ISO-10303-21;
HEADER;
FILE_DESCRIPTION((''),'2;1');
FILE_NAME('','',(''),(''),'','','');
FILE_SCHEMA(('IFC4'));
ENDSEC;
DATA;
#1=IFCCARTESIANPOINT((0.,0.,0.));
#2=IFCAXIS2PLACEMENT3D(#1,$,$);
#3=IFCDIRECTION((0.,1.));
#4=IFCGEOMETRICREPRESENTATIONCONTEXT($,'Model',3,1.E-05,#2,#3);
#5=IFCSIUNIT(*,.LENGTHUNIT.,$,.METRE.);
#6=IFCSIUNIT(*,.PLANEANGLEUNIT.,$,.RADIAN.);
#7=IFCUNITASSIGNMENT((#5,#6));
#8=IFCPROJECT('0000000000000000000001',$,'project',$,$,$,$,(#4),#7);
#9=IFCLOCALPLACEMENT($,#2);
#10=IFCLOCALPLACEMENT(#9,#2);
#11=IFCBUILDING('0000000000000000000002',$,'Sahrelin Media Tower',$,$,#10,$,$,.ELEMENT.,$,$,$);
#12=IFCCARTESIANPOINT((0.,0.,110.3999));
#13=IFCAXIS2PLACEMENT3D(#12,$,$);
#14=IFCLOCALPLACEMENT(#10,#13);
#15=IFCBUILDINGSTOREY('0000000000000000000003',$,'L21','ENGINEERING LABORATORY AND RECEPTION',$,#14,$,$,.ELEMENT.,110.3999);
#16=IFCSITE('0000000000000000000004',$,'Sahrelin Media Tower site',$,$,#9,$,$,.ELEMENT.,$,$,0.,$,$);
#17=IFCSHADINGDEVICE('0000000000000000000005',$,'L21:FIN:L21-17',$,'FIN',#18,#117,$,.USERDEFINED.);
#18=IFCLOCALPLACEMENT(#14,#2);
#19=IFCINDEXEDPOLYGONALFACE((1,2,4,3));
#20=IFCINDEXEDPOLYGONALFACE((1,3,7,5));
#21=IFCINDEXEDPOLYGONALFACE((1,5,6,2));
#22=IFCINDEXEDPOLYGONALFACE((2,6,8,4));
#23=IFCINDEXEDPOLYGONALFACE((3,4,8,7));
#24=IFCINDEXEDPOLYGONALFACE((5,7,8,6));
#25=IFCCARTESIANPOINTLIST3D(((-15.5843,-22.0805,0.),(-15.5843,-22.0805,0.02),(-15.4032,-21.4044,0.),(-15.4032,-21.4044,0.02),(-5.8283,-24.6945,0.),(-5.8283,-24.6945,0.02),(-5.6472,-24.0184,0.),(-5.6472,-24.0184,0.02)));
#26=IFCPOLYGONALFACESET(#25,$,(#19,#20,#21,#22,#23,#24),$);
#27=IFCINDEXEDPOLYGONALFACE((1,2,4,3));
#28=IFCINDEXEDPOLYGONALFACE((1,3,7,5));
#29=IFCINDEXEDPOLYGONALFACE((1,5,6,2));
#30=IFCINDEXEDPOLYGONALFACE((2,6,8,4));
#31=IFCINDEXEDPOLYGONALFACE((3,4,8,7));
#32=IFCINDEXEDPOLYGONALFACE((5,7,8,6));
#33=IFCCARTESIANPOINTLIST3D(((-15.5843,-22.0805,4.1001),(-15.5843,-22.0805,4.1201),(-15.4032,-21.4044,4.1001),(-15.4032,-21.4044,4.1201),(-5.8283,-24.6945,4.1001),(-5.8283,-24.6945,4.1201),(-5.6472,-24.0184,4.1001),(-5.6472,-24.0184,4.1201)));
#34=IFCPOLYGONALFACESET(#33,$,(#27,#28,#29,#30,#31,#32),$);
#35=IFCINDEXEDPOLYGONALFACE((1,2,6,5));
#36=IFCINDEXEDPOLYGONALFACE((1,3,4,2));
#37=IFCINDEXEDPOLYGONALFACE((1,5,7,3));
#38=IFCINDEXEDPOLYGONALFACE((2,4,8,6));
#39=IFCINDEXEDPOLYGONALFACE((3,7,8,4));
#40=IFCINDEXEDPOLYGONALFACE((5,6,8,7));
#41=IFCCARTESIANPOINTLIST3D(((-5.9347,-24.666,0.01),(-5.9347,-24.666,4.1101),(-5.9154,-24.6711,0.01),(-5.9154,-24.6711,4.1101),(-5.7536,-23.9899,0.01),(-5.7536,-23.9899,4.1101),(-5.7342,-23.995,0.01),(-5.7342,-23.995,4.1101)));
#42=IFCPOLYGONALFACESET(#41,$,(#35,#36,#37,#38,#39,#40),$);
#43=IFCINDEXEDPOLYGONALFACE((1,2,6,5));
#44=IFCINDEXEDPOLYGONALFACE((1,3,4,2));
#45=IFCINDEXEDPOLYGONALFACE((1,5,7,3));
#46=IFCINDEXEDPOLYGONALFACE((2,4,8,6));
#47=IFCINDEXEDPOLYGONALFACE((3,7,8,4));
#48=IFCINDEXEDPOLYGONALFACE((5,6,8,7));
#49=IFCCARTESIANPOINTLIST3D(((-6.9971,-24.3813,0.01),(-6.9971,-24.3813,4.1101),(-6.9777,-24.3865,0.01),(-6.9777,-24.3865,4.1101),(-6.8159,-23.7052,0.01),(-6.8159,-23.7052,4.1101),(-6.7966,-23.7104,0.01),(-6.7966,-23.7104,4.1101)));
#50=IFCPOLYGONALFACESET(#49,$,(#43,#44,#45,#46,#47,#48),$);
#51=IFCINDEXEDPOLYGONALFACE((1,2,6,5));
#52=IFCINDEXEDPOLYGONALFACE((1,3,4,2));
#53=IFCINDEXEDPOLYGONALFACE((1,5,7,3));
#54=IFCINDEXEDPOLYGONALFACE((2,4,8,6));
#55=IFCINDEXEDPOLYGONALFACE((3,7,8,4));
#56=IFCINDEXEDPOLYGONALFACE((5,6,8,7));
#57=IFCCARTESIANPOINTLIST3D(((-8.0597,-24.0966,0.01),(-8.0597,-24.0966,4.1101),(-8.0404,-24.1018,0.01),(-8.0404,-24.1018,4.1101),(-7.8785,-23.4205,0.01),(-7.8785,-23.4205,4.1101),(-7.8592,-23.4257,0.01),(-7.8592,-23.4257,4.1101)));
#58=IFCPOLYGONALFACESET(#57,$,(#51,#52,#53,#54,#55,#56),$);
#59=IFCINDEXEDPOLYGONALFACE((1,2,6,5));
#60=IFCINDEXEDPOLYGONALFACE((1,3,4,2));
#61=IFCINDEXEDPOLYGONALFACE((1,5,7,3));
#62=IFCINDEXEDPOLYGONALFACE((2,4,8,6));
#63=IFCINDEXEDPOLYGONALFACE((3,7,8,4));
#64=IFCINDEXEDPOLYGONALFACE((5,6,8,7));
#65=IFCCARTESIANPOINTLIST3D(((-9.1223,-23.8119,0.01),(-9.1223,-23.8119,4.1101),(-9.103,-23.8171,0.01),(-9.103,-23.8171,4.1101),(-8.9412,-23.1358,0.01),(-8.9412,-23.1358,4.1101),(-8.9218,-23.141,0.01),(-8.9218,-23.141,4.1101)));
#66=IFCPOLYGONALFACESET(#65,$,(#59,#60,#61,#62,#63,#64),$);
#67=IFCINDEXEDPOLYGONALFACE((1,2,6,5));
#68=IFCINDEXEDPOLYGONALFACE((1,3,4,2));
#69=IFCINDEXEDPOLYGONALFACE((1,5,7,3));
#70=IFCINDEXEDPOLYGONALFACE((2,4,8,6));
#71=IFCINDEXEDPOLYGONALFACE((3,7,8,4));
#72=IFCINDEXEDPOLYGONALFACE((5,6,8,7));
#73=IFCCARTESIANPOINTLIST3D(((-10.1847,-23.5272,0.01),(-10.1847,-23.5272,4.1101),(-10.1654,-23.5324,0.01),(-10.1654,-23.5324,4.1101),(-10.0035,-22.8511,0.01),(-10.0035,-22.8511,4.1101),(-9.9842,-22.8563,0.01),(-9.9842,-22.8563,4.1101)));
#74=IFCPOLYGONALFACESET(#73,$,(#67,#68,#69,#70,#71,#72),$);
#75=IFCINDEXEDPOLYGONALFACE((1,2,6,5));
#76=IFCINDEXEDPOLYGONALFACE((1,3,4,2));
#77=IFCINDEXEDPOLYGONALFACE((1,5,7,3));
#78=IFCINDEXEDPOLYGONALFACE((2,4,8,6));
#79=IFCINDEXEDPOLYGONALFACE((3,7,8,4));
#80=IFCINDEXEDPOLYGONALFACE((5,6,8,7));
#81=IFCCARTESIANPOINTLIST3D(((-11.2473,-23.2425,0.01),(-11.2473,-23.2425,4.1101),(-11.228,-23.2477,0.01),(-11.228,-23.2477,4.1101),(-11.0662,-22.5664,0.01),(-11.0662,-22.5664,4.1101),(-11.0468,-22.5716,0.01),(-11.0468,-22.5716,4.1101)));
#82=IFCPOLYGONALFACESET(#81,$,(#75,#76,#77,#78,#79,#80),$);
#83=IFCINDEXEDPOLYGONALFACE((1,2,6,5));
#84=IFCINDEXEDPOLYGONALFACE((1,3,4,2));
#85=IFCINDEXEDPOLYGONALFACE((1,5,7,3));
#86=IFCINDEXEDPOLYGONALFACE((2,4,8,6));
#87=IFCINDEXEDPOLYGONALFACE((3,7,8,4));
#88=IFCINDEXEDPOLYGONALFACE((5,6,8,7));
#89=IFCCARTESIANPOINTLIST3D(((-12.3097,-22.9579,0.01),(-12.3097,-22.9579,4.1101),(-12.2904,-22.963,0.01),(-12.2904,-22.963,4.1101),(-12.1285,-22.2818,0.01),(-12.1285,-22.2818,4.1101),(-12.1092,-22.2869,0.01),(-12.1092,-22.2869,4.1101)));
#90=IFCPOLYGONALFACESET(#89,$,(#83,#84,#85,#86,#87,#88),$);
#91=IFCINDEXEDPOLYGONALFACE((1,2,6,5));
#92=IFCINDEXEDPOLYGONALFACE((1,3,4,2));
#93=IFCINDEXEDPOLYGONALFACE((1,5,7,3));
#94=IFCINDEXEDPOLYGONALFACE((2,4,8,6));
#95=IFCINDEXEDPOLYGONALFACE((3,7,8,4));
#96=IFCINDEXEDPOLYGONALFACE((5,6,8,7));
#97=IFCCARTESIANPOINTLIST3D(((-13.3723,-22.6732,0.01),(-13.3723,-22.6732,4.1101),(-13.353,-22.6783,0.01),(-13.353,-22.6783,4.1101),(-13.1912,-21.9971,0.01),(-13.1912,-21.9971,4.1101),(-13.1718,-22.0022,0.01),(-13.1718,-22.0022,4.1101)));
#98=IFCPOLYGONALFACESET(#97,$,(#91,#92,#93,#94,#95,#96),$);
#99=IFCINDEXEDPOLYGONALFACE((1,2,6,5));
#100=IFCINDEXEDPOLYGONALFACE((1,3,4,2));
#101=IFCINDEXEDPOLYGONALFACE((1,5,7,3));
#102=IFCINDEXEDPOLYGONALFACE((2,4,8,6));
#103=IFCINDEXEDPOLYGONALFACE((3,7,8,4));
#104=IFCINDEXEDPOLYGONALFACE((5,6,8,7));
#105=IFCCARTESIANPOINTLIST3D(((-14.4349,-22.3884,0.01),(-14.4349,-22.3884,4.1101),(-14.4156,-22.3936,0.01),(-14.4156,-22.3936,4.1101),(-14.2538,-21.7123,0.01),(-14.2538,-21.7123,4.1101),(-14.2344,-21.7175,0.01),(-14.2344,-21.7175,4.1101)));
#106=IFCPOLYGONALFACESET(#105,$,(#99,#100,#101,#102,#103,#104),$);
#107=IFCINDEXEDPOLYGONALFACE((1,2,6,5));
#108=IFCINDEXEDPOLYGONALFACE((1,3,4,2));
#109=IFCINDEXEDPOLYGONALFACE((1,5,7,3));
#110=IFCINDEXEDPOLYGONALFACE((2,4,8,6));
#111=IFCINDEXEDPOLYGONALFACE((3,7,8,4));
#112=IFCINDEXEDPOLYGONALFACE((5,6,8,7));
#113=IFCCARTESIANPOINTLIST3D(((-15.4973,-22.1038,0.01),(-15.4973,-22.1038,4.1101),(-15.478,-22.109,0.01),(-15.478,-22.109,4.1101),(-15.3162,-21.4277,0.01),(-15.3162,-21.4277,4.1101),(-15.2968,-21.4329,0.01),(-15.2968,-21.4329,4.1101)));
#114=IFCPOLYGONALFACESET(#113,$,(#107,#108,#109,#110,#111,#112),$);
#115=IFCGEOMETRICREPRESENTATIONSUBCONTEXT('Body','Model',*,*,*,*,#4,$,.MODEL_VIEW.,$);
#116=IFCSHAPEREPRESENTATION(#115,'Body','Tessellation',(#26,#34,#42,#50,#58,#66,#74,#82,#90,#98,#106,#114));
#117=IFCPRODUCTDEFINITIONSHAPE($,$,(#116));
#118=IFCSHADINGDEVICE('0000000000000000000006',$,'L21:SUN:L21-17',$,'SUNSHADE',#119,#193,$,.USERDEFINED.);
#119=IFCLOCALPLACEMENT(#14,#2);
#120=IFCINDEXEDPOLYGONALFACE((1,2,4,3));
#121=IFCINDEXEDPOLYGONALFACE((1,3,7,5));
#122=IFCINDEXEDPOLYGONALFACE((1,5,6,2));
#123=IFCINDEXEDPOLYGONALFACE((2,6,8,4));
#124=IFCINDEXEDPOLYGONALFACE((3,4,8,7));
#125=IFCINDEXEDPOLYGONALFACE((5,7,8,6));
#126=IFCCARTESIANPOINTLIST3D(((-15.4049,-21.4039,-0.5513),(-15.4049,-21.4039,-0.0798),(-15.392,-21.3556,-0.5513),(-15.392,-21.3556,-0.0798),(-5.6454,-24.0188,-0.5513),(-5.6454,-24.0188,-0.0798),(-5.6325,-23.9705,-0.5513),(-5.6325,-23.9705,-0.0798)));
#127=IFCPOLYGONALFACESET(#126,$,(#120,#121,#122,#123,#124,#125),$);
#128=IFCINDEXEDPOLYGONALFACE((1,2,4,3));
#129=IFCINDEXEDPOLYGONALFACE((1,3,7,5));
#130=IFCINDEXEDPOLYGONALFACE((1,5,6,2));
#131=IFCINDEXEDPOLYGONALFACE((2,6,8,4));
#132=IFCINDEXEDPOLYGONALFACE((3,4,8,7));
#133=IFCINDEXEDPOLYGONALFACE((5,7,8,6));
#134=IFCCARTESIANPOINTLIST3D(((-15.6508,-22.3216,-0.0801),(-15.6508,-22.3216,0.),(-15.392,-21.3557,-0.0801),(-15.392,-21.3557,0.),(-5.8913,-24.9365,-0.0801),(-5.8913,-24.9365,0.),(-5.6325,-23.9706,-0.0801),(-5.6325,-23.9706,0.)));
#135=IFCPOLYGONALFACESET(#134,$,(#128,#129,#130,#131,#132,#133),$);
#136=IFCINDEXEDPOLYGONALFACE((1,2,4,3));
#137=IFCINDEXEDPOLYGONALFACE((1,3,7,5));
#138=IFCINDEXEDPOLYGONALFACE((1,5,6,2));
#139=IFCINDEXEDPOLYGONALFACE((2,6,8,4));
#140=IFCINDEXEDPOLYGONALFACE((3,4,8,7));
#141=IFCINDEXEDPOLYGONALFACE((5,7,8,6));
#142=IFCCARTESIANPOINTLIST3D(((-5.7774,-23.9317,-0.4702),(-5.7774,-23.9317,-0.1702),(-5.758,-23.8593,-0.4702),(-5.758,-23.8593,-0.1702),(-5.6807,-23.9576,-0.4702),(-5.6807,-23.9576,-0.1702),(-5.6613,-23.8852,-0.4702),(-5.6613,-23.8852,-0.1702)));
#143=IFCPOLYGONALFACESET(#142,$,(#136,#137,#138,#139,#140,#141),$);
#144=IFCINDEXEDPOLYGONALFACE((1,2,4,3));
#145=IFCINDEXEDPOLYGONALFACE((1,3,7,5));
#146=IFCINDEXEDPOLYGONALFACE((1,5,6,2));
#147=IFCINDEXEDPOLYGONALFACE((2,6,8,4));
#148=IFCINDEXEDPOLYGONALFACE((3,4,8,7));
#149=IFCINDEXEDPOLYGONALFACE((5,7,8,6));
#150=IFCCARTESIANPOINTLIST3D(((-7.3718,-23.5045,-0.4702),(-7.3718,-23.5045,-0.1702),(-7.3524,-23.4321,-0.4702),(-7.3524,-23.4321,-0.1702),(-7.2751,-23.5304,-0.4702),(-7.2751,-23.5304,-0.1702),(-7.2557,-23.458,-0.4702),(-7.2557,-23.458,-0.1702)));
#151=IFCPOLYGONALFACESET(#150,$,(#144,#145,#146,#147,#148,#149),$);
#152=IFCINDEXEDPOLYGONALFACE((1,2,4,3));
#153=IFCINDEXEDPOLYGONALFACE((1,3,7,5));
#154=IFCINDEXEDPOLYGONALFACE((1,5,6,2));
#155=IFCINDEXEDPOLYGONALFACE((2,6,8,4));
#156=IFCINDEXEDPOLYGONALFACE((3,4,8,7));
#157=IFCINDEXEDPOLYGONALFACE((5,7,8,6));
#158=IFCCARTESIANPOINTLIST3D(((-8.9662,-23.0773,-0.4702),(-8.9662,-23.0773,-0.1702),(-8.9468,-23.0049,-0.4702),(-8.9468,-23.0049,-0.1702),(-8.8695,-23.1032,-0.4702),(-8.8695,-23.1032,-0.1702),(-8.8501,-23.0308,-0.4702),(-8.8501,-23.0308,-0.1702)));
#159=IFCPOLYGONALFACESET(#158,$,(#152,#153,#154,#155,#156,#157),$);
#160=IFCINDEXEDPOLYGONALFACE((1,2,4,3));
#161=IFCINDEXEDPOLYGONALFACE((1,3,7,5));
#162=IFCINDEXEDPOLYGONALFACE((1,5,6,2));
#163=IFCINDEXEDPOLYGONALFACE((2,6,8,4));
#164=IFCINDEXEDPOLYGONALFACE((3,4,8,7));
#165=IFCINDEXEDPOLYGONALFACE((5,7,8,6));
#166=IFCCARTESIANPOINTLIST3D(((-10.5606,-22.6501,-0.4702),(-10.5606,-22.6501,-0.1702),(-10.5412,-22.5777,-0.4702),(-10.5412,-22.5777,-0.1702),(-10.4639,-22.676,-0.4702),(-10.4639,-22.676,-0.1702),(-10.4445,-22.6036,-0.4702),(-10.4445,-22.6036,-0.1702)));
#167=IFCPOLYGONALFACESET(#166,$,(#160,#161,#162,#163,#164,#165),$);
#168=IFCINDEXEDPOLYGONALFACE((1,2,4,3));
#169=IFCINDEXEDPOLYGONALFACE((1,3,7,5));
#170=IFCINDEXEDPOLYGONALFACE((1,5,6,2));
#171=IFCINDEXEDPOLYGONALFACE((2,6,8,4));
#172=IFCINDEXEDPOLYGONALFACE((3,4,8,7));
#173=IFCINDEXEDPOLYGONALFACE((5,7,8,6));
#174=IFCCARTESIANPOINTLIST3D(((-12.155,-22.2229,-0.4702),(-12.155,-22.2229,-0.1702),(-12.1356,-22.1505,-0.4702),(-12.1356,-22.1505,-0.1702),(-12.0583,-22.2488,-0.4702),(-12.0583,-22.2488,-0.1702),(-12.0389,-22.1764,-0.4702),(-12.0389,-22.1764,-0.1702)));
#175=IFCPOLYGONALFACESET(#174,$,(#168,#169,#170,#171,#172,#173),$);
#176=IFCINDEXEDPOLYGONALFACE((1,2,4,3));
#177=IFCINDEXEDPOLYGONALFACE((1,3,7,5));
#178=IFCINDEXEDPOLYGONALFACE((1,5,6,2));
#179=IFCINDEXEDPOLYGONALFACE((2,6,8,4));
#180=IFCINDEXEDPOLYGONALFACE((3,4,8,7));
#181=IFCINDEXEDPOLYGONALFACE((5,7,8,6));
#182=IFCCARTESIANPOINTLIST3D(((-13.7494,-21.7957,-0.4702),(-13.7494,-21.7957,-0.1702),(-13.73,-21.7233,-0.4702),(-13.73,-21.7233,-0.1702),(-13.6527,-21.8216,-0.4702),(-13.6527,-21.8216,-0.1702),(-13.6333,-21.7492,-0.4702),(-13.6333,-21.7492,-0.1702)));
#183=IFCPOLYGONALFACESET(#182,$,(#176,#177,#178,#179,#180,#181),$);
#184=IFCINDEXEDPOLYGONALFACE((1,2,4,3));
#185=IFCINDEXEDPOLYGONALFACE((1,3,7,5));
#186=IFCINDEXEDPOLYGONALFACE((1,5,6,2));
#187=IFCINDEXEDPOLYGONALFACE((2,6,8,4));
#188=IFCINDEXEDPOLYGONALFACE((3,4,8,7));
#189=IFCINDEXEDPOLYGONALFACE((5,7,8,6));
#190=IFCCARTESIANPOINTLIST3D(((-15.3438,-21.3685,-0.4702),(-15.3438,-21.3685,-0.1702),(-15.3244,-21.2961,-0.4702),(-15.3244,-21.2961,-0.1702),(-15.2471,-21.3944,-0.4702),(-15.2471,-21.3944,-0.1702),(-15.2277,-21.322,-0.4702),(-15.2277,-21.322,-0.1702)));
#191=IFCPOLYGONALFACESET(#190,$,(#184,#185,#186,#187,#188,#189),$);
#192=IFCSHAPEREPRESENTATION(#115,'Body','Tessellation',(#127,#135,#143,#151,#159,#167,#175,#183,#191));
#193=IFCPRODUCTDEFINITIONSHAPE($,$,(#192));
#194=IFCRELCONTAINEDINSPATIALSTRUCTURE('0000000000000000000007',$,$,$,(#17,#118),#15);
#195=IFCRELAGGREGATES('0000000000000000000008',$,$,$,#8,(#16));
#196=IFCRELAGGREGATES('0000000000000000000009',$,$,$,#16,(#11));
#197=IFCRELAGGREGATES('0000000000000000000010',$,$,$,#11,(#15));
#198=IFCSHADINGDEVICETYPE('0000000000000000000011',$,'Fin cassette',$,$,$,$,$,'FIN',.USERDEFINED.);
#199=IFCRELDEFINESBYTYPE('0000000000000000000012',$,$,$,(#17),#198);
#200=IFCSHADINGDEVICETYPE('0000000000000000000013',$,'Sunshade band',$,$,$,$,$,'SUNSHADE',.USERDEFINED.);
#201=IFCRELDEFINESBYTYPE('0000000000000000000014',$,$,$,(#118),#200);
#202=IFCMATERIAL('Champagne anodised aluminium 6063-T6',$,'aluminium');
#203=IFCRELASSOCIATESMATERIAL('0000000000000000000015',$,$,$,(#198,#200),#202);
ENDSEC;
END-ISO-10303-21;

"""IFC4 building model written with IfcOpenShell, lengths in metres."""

from ifc_helpers import new_model, si_unit, direction, frame, origin, origin_2d, place, context, subcontext, project, spatial, rectangle, extrude, material, type_object, element, save


model = new_model("IFC4")

# Units and contexts
model_context = context("Model", 3, precision=1e-05, world=origin(), true_north=direction((0.0, 1.0)))
body_context = subcontext(model_context, "Body", "Model", "MODEL_VIEW")
ifc_project = project(units=[si_unit("LENGTHUNIT", "METRE"), si_unit("PLANEANGLEUNIT", "RADIAN")], contexts=[model_context])

# Site, building, storey
site_placement = place(None, origin())
site = spatial("IfcSite", under=ifc_project, at=site_placement, Name="Sahrelin Media Tower site", CompositionType="ELEMENT", RefElevation=0.0)
building_placement = place(site_placement, origin())
building = spatial("IfcBuilding", under=site, at=building_placement, Name="Sahrelin Media Tower", CompositionType="ELEMENT")
storey_placement = place(building_placement, frame((0.0, 0.0, 110.3999)))
storey = spatial("IfcBuildingStorey", under=building, at=storey_placement, Name="L21", Description="ENGINEERING LABORATORY AND RECEPTION", CompositionType="ELEMENT", Elevation=110.3999)

# Shared definitions
ifc_material_1 = material(Name="Champagne anodised aluminium 6063-T6", Category="aluminium")

# Shading devices
shading_device_type_1 = type_object("IfcShadingDeviceType", Name="Fin cassette", ElementType="FIN", PredefinedType="USERDEFINED", material=ifc_material_1)
placement = place(storey_placement, frame((-10.5071, -22.6438, 0.0), z_axis=(0.0, 0.0, 1.0), x_axis=(-0.965929, 0.258808, 0.0)))
element("IfcShadingDevice", 1, at=placement, inside=storey, type_object=shading_device_type_1, Name="L21:FIN:L21-17", ObjectType="FIN", PredefinedType="USERDEFINED", context=body_context, shape_type="SweptSolid", body=[
    extrude(rectangle(XDim=10.1001, YDim=0.7, at=origin_2d()), frame((0.0, 0.4199, 0.0)), (0.0, 0.0, 1.0), 0.02),
    extrude(rectangle(XDim=10.1001, YDim=0.7, at=origin_2d()), frame((0.0, 0.4199, 4.1001)), (0.0, 0.0, 1.0), 0.02),
    extrude(rectangle(XDim=0.02, YDim=0.7, at=origin_2d()), frame((-4.95, 0.4199, 0.01), z_axis=(0.0, 0.0, 1.0), x_axis=(1.0, 0.0, 0.0)), (0.0, 0.0, 1.0), 4.1001),
    extrude(rectangle(XDim=0.02, YDim=0.7, at=origin_2d()), frame((-3.8501, 0.4199, 0.01), z_axis=(0.0, 0.0, 1.0), x_axis=(1.0, 0.0, 0.0)), (0.0, 0.0, 1.0), 4.1001),
    extrude(rectangle(XDim=0.02, YDim=0.7, at=origin_2d()), frame((-2.75, 0.4199, 0.01), z_axis=(0.0, 0.0, 1.0), x_axis=(1.0, 0.0, 0.0)), (0.0, 0.0, 1.0), 4.1001),
    extrude(rectangle(XDim=0.02, YDim=0.7, at=origin_2d()), frame((-1.6499, 0.4199, 0.01), z_axis=(0.0, 0.0, 1.0), x_axis=(1.0, 0.0, 0.0)), (0.0, 0.0, 1.0), 4.1001),
    extrude(rectangle(XDim=0.02, YDim=0.7, at=origin_2d()), frame((-0.55, 0.4199, 0.01), z_axis=(0.0, 0.0, 1.0), x_axis=(1.0, 0.0, 0.0)), (0.0, 0.0, 1.0), 4.1001),
    extrude(rectangle(XDim=0.02, YDim=0.7, at=origin_2d()), frame((0.55, 0.4199, 0.01), z_axis=(0.0, 0.0, 1.0), x_axis=(1.0, 0.0, 0.0)), (0.0, 0.0, 1.0), 4.1001),
    extrude(rectangle(XDim=0.02, YDim=0.7, at=origin_2d()), frame((1.6499, 0.4199, 0.01), z_axis=(0.0, 0.0, 1.0), x_axis=(1.0, 0.0, 0.0)), (0.0, 0.0, 1.0), 4.1001),
    extrude(rectangle(XDim=0.02, YDim=0.7, at=origin_2d()), frame((2.75, 0.4199, 0.01), z_axis=(0.0, 0.0, 1.0), x_axis=(1.0, 0.0, 0.0)), (0.0, 0.0, 1.0), 4.1001),
    extrude(rectangle(XDim=0.02, YDim=0.7, at=origin_2d()), frame((3.8501, 0.4199, 0.01), z_axis=(0.0, 0.0, 1.0), x_axis=(1.0, 0.0, 0.0)), (0.0, 0.0, 1.0), 4.1001),
    extrude(rectangle(XDim=0.02, YDim=0.7, at=origin_2d()), frame((4.95, 0.4199, 0.01), z_axis=(0.0, 0.0, 1.0), x_axis=(1.0, 0.0, 0.0)), (0.0, 0.0, 1.0), 4.1001),
])
shading_device_type_2 = type_object("IfcShadingDeviceType", Name="Sunshade band", ElementType="SUNSHADE", PredefinedType="USERDEFINED", material=ifc_material_1)
element("IfcShadingDevice", 2, at=placement, inside=storey, type_object=shading_device_type_2, Name="L21:SUN:L21-17", ObjectType="SUNSHADE", PredefinedType="USERDEFINED", context=body_context, shape_type="SweptSolid", body=[
    extrude(rectangle(XDim=10.1038, YDim=0.05, at=origin_2d()), frame((0.0, 0.0449, -0.5513)), (0.0, 0.0, 1.0), 0.4714),
    extrude(rectangle(XDim=10.1038, YDim=1.0, at=origin_2d()), frame((0.0, 0.52, -0.0801)), (0.0, 0.0, 1.0), 0.0801),
    extrude(rectangle(XDim=0.1001, YDim=0.075, at=origin_2d()), frame((-4.9519, -0.0176, -0.4702)), (0.0, 0.0, 1.0), 0.3),
    extrude(rectangle(XDim=0.1001, YDim=0.075, at=origin_2d()), frame((-3.3013, -0.0176, -0.4702)), (0.0, 0.0, 1.0), 0.3),
    extrude(rectangle(XDim=0.1001, YDim=0.075, at=origin_2d()), frame((-1.6506, -0.0176, -0.4702)), (0.0, 0.0, 1.0), 0.3),
    extrude(rectangle(XDim=0.1001, YDim=0.075, at=origin_2d()), frame((0.0, -0.0176, -0.4702)), (0.0, 0.0, 1.0), 0.3),
    extrude(rectangle(XDim=0.1001, YDim=0.075, at=origin_2d()), frame((1.6506, -0.0176, -0.4702)), (0.0, 0.0, 1.0), 0.3),
    extrude(rectangle(XDim=0.1001, YDim=0.075, at=origin_2d()), frame((3.3013, -0.0176, -0.4702)), (0.0, 0.0, 1.0), 0.3),
    extrude(rectangle(XDim=0.1001, YDim=0.075, at=origin_2d()), frame((4.9519, -0.0176, -0.4702)), (0.0, 0.0, 1.0), 0.3),
])

save(model, "model.ifc")
